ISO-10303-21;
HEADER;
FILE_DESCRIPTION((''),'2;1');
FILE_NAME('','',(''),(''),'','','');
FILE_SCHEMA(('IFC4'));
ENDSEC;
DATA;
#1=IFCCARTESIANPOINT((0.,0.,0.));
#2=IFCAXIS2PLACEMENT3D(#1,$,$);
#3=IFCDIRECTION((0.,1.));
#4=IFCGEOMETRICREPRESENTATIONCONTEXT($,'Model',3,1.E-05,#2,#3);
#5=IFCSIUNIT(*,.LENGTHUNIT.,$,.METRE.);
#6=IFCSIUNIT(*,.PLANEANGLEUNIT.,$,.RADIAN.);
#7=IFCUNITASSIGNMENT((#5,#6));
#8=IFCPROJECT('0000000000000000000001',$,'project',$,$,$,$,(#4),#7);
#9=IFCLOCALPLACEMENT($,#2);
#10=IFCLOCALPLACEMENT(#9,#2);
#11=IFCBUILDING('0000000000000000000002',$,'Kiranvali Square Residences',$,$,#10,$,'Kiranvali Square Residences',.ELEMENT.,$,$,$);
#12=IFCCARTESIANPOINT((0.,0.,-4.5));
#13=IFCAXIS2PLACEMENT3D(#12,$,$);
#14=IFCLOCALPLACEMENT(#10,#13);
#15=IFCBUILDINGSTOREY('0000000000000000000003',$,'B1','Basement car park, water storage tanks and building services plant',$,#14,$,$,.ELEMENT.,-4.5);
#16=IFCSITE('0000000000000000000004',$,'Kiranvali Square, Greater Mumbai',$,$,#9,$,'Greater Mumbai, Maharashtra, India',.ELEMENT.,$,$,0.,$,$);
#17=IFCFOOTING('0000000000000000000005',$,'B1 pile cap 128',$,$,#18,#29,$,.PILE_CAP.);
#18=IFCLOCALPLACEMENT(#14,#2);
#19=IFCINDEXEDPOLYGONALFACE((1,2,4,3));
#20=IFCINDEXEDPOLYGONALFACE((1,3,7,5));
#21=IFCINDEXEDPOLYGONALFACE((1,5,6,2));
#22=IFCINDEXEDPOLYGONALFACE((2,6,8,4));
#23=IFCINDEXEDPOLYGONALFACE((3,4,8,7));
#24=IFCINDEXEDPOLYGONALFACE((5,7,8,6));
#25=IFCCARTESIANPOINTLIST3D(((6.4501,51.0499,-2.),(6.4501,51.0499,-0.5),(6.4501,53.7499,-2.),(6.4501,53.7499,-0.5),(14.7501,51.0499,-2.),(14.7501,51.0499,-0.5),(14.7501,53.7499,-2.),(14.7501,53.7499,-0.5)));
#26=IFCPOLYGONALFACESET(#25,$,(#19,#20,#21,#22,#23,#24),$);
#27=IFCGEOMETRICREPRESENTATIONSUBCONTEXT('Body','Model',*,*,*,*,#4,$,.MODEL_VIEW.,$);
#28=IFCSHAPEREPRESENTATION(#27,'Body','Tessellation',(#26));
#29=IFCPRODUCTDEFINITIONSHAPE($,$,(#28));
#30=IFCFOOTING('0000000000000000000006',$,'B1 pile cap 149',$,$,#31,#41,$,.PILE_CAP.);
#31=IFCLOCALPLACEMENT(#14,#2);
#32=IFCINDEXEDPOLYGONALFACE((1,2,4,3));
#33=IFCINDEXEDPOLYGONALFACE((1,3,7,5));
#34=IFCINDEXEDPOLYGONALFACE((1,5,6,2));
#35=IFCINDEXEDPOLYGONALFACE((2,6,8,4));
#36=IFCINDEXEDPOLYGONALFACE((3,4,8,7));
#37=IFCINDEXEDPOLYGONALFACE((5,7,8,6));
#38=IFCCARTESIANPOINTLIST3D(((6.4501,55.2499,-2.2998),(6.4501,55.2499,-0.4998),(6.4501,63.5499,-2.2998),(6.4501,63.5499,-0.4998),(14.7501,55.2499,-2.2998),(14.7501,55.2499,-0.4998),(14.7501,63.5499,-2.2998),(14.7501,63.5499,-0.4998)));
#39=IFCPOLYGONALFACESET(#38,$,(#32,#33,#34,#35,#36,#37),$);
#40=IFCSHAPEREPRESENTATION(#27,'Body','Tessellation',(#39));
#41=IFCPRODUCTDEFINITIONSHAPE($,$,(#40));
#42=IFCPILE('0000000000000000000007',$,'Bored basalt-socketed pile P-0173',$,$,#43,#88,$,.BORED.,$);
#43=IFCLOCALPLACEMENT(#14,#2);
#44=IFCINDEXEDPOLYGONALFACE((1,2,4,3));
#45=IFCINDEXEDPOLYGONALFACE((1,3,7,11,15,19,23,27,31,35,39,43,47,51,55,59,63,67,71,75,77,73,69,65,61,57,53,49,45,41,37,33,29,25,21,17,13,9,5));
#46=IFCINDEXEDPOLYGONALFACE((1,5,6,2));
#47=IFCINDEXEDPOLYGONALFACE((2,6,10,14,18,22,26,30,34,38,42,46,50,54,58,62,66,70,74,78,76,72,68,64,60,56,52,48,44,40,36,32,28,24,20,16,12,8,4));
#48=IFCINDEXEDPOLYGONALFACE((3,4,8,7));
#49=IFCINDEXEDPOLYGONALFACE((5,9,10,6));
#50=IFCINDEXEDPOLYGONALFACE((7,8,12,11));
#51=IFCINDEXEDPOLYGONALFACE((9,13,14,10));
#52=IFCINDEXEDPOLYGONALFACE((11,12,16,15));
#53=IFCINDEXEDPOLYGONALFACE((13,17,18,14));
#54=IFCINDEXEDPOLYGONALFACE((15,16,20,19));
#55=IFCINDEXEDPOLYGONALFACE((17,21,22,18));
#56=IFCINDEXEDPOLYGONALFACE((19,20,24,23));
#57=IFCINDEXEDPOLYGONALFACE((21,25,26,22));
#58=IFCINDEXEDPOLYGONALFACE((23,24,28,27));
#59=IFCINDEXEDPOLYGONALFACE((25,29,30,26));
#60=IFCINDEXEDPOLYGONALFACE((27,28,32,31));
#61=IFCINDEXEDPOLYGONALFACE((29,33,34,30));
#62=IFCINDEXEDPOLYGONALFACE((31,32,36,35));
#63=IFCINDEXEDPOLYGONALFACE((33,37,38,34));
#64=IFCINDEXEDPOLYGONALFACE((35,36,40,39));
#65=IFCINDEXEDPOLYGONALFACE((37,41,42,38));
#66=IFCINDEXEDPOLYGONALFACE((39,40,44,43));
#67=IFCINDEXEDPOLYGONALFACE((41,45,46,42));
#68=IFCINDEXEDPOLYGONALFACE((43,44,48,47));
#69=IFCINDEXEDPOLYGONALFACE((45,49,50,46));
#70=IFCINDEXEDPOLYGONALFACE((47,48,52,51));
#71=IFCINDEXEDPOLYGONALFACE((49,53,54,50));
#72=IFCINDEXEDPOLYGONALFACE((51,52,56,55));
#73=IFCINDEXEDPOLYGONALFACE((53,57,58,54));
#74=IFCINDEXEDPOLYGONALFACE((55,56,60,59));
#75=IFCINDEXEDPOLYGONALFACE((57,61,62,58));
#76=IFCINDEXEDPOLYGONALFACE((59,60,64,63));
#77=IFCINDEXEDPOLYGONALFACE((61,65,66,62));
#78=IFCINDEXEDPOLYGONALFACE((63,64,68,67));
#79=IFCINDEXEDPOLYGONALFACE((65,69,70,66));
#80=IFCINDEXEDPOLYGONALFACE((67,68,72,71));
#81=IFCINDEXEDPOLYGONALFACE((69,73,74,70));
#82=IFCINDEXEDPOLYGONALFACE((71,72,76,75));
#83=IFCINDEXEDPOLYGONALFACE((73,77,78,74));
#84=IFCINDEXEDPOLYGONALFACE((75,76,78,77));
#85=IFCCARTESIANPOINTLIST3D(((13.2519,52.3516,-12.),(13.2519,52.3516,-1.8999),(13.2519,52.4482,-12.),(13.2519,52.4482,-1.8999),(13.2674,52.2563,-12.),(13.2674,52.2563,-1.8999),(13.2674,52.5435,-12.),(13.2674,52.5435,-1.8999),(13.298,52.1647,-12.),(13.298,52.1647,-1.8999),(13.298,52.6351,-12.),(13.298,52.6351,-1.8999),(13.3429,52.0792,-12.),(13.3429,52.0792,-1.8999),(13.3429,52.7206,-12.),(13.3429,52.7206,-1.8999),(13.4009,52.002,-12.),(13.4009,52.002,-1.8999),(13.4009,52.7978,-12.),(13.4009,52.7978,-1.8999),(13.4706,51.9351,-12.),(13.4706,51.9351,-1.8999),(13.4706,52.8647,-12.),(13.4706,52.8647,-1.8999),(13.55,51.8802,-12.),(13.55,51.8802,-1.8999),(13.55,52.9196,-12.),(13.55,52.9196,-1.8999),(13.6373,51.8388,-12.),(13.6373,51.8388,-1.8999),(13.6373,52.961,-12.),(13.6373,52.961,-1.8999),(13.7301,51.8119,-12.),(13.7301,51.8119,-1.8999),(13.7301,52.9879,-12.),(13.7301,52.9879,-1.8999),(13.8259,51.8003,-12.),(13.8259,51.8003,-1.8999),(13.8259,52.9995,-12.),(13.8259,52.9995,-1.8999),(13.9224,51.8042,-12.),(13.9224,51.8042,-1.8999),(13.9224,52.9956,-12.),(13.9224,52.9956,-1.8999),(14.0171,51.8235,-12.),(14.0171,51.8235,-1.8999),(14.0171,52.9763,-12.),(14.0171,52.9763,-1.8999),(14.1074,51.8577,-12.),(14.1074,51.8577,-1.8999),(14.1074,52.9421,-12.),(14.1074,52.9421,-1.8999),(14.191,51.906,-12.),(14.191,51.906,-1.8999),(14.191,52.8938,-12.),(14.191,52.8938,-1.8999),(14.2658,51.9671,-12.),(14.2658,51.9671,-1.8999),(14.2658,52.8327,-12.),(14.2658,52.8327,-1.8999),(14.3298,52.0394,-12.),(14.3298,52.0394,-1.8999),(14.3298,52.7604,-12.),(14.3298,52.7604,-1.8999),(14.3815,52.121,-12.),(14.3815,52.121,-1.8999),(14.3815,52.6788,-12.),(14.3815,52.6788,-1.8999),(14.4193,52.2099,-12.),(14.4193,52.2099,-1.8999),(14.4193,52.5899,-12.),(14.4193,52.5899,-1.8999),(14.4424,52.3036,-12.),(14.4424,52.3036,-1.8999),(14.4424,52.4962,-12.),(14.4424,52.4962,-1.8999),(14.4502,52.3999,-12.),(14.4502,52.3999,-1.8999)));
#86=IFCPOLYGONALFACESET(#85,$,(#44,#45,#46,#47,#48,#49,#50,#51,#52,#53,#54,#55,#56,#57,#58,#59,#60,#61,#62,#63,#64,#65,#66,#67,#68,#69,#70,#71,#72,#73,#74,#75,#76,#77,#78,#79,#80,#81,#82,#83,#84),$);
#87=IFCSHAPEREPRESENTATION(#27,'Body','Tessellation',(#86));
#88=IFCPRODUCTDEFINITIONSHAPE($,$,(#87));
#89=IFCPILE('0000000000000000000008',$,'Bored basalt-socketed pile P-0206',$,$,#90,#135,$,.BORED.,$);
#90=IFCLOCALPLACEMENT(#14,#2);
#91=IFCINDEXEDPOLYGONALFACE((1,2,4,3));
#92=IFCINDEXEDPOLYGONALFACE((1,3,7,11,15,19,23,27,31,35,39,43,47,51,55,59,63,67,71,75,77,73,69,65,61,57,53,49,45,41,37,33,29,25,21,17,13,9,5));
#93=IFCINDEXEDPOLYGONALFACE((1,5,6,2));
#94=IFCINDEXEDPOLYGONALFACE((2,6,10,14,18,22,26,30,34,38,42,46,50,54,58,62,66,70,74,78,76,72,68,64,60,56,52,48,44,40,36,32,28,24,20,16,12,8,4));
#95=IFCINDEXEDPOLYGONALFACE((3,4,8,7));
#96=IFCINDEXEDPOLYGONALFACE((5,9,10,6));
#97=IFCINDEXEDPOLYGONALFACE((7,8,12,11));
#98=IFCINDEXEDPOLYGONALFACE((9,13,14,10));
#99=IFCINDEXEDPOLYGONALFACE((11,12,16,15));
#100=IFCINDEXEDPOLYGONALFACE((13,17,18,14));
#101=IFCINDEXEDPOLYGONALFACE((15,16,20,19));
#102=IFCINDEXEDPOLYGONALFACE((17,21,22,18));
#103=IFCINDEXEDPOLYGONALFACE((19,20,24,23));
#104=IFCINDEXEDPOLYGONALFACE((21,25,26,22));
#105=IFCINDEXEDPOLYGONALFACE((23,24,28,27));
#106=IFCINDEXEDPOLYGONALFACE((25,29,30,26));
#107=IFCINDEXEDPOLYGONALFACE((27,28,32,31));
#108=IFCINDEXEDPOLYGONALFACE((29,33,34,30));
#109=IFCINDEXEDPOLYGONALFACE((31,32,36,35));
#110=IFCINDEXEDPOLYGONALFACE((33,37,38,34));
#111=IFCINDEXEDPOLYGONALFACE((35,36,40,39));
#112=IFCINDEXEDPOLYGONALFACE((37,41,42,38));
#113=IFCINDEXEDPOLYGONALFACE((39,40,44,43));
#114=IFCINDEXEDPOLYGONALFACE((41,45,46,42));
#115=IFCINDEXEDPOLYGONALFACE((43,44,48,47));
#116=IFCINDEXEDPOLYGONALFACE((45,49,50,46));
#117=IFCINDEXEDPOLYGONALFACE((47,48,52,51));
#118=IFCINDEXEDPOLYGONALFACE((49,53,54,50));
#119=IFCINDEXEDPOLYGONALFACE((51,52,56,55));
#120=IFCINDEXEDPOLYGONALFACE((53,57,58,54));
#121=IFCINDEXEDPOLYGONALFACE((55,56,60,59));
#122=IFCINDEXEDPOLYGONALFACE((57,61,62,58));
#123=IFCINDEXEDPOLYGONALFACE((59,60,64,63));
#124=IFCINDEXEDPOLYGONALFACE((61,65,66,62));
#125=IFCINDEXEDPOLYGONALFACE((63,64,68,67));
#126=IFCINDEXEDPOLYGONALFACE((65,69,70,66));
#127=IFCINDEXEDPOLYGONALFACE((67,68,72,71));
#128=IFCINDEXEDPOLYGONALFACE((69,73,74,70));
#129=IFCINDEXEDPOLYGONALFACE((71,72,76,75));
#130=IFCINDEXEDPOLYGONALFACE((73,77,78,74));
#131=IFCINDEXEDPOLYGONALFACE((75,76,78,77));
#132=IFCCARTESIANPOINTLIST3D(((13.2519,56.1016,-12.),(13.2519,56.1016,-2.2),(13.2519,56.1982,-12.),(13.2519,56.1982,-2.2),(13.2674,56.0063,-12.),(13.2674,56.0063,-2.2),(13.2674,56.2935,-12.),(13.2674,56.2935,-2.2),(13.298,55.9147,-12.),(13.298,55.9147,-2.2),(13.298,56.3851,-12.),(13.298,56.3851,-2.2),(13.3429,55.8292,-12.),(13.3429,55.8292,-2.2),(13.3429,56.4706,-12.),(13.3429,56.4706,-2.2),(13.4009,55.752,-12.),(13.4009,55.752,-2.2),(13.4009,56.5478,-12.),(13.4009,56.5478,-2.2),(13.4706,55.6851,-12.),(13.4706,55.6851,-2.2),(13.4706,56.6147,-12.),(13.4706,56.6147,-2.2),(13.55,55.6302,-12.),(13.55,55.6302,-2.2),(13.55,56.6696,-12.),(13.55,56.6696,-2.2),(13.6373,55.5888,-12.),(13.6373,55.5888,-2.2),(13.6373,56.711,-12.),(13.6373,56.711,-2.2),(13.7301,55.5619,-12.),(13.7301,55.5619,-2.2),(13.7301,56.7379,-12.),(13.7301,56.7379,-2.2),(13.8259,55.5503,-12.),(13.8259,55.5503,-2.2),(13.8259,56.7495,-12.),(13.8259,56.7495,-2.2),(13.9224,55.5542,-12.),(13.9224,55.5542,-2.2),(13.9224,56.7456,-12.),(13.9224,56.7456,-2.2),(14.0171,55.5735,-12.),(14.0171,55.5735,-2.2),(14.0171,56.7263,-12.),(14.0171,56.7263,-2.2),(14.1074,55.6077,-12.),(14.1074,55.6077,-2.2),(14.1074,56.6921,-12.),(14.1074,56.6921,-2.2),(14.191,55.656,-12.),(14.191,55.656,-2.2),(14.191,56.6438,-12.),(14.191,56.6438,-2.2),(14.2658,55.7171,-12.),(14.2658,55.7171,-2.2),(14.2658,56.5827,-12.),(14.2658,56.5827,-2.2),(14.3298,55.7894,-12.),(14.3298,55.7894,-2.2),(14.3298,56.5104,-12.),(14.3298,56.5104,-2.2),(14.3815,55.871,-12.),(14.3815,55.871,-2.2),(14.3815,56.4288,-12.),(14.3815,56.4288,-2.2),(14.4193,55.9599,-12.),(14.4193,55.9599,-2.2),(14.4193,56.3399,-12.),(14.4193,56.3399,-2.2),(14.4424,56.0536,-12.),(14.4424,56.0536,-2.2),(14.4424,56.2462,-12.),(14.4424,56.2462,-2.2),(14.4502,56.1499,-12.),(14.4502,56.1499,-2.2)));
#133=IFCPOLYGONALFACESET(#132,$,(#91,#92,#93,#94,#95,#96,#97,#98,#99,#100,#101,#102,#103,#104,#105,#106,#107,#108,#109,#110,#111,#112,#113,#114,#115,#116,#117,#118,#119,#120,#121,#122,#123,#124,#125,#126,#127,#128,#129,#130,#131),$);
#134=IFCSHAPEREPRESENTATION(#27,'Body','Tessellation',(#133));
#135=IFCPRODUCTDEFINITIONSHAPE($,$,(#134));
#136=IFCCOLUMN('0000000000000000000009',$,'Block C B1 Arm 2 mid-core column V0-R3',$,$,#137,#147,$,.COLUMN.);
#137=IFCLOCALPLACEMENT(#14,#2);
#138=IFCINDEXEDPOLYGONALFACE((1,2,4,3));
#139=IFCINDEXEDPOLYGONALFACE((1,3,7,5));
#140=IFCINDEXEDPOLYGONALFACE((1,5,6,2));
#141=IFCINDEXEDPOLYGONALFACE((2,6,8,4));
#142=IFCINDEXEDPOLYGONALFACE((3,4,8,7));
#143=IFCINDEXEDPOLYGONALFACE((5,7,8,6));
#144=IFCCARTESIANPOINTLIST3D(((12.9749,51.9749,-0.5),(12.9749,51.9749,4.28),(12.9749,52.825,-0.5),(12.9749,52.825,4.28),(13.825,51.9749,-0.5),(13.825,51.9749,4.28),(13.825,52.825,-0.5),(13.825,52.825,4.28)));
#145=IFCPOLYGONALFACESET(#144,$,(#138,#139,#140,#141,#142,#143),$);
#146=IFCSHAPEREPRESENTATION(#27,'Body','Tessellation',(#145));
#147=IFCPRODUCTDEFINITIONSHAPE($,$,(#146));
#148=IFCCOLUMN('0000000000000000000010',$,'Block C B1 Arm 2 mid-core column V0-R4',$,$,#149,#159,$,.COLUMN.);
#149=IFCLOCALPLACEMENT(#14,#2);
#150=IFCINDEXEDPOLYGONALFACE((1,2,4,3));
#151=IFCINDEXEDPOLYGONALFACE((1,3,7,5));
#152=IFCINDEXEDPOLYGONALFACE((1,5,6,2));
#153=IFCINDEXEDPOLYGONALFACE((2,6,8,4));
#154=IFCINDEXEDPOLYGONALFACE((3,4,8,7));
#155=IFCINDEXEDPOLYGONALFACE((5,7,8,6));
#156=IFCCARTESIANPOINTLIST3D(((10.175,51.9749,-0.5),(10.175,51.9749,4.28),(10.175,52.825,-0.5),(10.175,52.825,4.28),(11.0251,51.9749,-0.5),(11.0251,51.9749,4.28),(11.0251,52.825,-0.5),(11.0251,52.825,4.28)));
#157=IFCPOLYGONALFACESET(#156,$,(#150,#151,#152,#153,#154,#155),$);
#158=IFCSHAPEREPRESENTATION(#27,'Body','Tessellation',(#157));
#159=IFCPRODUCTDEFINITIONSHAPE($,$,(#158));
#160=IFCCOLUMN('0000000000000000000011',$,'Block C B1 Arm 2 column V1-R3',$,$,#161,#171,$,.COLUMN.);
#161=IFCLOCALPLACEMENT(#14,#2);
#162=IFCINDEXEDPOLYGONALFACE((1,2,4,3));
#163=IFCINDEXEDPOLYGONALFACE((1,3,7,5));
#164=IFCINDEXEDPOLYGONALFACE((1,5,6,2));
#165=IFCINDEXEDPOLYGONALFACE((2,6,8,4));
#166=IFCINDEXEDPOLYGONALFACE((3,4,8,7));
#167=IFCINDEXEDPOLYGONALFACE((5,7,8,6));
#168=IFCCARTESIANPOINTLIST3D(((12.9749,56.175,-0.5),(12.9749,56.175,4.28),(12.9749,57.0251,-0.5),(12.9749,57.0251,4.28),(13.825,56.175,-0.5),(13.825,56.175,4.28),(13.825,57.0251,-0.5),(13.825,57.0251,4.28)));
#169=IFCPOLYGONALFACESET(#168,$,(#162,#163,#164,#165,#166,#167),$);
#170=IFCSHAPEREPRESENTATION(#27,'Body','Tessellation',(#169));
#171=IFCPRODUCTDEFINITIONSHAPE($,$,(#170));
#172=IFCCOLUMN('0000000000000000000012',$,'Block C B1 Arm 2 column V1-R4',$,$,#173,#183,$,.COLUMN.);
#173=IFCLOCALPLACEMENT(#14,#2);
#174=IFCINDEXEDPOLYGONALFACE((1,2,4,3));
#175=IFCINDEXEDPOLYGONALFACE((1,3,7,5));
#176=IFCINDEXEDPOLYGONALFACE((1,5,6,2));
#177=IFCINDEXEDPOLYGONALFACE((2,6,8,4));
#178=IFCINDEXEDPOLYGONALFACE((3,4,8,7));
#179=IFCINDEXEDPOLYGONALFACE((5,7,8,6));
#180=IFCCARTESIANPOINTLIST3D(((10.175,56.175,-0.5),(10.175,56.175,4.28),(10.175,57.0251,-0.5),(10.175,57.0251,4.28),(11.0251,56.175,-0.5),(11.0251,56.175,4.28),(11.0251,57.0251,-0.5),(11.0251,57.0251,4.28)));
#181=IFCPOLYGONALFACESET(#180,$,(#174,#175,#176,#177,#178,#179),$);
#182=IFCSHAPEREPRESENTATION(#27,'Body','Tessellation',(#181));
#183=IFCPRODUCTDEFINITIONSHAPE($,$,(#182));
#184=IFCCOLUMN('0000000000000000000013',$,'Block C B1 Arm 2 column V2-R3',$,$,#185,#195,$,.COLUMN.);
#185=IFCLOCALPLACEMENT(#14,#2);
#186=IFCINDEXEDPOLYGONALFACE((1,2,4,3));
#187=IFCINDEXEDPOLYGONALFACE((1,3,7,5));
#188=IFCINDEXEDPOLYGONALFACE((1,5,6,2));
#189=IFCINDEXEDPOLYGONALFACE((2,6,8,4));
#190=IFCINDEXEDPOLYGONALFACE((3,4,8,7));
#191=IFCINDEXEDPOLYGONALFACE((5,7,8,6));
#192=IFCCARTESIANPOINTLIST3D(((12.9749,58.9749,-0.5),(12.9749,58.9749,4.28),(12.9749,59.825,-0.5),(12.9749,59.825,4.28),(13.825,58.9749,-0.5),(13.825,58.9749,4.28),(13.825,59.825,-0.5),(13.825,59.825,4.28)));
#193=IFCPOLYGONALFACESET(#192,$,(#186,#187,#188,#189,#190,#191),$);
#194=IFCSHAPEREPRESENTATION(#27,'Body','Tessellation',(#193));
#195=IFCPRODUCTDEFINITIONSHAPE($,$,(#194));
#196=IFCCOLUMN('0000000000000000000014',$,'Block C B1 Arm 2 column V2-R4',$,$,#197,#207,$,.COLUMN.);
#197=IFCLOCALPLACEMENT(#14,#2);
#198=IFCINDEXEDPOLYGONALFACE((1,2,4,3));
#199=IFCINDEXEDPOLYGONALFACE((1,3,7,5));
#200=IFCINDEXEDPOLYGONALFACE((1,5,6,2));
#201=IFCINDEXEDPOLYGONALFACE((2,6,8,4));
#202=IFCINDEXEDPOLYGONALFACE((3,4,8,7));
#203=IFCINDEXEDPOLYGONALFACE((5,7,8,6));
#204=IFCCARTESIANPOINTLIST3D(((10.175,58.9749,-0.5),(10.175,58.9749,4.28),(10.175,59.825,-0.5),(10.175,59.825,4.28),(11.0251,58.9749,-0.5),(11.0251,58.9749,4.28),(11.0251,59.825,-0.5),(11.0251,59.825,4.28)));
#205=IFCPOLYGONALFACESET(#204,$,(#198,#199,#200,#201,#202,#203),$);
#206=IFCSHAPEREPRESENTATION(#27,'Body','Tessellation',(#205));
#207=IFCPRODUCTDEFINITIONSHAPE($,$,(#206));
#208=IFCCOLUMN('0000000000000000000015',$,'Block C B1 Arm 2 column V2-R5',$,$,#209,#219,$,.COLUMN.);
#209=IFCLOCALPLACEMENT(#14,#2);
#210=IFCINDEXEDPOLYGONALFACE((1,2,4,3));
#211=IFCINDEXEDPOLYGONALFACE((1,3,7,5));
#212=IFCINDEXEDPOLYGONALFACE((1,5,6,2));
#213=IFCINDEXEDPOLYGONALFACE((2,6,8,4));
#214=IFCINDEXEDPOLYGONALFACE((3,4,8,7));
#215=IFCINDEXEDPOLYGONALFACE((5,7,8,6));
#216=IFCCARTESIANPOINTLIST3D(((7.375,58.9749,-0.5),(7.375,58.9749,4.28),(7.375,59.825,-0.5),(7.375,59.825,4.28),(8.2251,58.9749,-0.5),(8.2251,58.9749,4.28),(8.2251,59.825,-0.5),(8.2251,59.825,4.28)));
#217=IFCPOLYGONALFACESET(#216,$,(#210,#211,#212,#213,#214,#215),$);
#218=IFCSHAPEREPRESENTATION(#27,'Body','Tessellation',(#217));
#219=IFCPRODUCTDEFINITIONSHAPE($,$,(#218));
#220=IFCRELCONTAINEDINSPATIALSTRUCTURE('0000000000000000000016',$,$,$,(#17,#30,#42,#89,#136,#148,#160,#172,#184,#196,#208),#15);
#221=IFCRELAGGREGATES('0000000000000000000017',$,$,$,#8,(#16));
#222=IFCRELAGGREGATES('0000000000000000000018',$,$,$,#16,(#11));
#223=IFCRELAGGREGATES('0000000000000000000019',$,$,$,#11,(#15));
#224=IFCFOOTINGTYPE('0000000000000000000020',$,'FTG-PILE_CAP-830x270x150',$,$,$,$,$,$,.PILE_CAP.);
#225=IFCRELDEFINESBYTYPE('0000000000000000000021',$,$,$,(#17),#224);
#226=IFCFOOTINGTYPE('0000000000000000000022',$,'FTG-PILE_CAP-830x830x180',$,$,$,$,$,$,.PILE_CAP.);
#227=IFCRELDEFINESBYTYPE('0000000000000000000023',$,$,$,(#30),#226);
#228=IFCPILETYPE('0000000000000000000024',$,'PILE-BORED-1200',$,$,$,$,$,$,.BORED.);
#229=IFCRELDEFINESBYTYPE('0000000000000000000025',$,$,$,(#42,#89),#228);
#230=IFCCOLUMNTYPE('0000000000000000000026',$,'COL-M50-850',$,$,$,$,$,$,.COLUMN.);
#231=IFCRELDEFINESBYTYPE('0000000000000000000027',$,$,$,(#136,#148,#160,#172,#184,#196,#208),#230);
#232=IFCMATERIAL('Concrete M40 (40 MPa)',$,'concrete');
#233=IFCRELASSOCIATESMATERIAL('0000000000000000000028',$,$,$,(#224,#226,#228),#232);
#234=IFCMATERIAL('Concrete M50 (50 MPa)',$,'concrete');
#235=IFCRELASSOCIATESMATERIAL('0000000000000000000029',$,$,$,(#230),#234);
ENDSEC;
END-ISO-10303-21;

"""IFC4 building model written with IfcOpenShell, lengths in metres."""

from ifc_helpers import new_model, si_unit, direction, frame, origin, origin_2d, place, context, subcontext, project, spatial, rectangle, circle, extrude, material, material_profile, profile_set, type_object, element, save


model = new_model("IFC4")

# Units and contexts
model_context = context("Model", 3, precision=1e-05, world=origin(), true_north=direction((0.0, 1.0)))
body_context = subcontext(model_context, "Body", "Model", "MODEL_VIEW")
ifc_project = project(units=[si_unit("LENGTHUNIT", "METRE"), si_unit("PLANEANGLEUNIT", "RADIAN")], contexts=[model_context])

# Site, building, storey
site_placement = place(None, origin())
site = spatial("IfcSite", under=ifc_project, at=site_placement, Name="Kiranvali Square, Greater Mumbai", LongName="Greater Mumbai, Maharashtra, India", CompositionType="ELEMENT", RefElevation=0.0)
building_placement = place(site_placement, origin())
building = spatial("IfcBuilding", under=site, at=building_placement, Name="Kiranvali Square Residences", LongName="Kiranvali Square Residences", CompositionType="ELEMENT")
storey_placement = place(building_placement, frame((0.0, 0.0, -4.5)))
storey = spatial("IfcBuildingStorey", under=building, at=storey_placement, Name="B1", Description="Basement car park, water storage tanks and building services plant", CompositionType="ELEMENT", Elevation=-4.5)

# Footings
ifc_material_1 = material(Name="Concrete M40 (40 MPa)", Category="concrete")
footing_type_1 = type_object("IfcFootingType", Name="FTG-PILE_CAP-830x270x150", PredefinedType="PILE_CAP", material=ifc_material_1)
footing_1_placement = place(storey_placement, frame((10.6001, 52.3999, -2.0), z_axis=(0.0, 0.0, 1.0), x_axis=(1.0, 0.0, 0.0)))
element("IfcFooting", 1, at=footing_1_placement, inside=storey, type_object=footing_type_1, Name="B1 pile cap 128", PredefinedType="PILE_CAP", context=body_context, shape_type="SweptSolid", body=[
    extrude(rectangle(XDim=8.3, YDim=2.7, at=origin_2d()), origin(), (0.0, 0.0, 1.0), 1.5),
])
footing_type_2 = type_object("IfcFootingType", Name="FTG-PILE_CAP-830x830x180", PredefinedType="PILE_CAP", material=ifc_material_1)
footing_2_placement = place(storey_placement, frame((10.6001, 59.3999, -2.2998), z_axis=(0.0, 0.0, 1.0), x_axis=(1.0, 0.0, 0.0)))
element("IfcFooting", 2, at=footing_2_placement, inside=storey, type_object=footing_type_2, Name="B1 pile cap 149", PredefinedType="PILE_CAP", context=body_context, shape_type="SweptSolid", body=[
    extrude(rectangle(XDim=8.3, YDim=8.3, at=origin_2d()), origin(), (0.0, 0.0, 1.0), 1.8),
])

# Piles
ifc_material_profile_1 = material_profile(ifc_material_1, circle(Radius=0.6001, at=origin_2d()), Name="BORED PILE 1200")
ifc_profile_set_1 = profile_set([ifc_material_profile_1], Name="Concrete M40 (40 MPa)")
pile_type = type_object("IfcPileType", Name="PILE-BORED-1200", PredefinedType="BORED", material=ifc_profile_set_1)
pile_1_placement = place(storey_placement, frame((13.8501, 52.3999, -1.8999), z_axis=(0.0, 0.0, -1.0), x_axis=(1.0, 0.0, 0.0)))
element("IfcPile", 3, at=pile_1_placement, inside=storey, type_object=pile_type, Name="Bored basalt-socketed pile P-0173", PredefinedType="BORED", context=body_context, shape_type="SweptSolid", body=[
    extrude(circle(Radius=0.6001, at=origin_2d()), origin(), (0.0, 0.0, 1.0), 10.1001),
])
pile_2_placement = place(storey_placement, frame((13.8501, 56.1499, -2.2), z_axis=(0.0, 0.0, -1.0), x_axis=(1.0, 0.0, 0.0)))
element("IfcPile", 4, at=pile_2_placement, inside=storey, type_object=pile_type, Name="Bored basalt-socketed pile P-0206", PredefinedType="BORED", context=body_context, shape_type="SweptSolid", body=[
    extrude(circle(Radius=0.6001, at=origin_2d()), origin(), (0.0, 0.0, 1.0), 9.8),
])

# Columns
ifc_material_2 = material(Name="Concrete M50 (50 MPa)", Category="concrete")
ifc_material_profile_2 = material_profile(ifc_material_2, rectangle(XDim=0.8501, YDim=0.8501, at=origin_2d()), Name="RC 850x850")
ifc_profile_set_2 = profile_set([ifc_material_profile_2], Name="Concrete M50 (50 MPa)")
column_type = type_object("IfcColumnType", Name="COL-M50-850", PredefinedType="COLUMN", material=ifc_profile_set_2)
for number, where, z_axis, x_axis, name in (
    (5, (13.3999, 52.3999, -0.5), (0.0, 0.0, 1.0), (1.0, 0.0, 0.0), "Block C B1 Arm 2 mid-core column V0-R3"),
    (6, (10.6001, 52.3999, -0.5), (0.0, 0.0, 1.0), (1.0, 0.0, 0.0), "Block C B1 Arm 2 mid-core column V0-R4"),
    (7, (13.3999, 56.6001, -0.5), (0.0, 0.0, 1.0), (1.0, 0.0, 0.0), "Block C B1 Arm 2 column V1-R3"),
    (8, (10.6001, 56.6001, -0.5), (0.0, 0.0, 1.0), (1.0, 0.0, 0.0), "Block C B1 Arm 2 column V1-R4"),
    (9, (13.3999, 59.3999, -0.5), (0.0, 0.0, 1.0), (1.0, 0.0, 0.0), "Block C B1 Arm 2 column V2-R3"),
    (10, (10.6001, 59.3999, -0.5), (0.0, 0.0, 1.0), (1.0, 0.0, 0.0), "Block C B1 Arm 2 column V2-R4"),
    (11, (7.8, 59.3999, -0.5), (0.0, 0.0, 1.0), (1.0, 0.0, 0.0), "Block C B1 Arm 2 column V2-R5"),
):
    element("IfcColumn", number, at=place(storey_placement, frame(where, z_axis=z_axis, x_axis=x_axis)), inside=storey, type_object=column_type, Name=name, PredefinedType="COLUMN", context=body_context, shape_type="SweptSolid", body=[
        extrude(rectangle(XDim=0.8501, YDim=0.8501, at=origin_2d()), origin(), (0.0, 0.0, 1.0), 4.78),
    ])

save(model, "model.ifc")
